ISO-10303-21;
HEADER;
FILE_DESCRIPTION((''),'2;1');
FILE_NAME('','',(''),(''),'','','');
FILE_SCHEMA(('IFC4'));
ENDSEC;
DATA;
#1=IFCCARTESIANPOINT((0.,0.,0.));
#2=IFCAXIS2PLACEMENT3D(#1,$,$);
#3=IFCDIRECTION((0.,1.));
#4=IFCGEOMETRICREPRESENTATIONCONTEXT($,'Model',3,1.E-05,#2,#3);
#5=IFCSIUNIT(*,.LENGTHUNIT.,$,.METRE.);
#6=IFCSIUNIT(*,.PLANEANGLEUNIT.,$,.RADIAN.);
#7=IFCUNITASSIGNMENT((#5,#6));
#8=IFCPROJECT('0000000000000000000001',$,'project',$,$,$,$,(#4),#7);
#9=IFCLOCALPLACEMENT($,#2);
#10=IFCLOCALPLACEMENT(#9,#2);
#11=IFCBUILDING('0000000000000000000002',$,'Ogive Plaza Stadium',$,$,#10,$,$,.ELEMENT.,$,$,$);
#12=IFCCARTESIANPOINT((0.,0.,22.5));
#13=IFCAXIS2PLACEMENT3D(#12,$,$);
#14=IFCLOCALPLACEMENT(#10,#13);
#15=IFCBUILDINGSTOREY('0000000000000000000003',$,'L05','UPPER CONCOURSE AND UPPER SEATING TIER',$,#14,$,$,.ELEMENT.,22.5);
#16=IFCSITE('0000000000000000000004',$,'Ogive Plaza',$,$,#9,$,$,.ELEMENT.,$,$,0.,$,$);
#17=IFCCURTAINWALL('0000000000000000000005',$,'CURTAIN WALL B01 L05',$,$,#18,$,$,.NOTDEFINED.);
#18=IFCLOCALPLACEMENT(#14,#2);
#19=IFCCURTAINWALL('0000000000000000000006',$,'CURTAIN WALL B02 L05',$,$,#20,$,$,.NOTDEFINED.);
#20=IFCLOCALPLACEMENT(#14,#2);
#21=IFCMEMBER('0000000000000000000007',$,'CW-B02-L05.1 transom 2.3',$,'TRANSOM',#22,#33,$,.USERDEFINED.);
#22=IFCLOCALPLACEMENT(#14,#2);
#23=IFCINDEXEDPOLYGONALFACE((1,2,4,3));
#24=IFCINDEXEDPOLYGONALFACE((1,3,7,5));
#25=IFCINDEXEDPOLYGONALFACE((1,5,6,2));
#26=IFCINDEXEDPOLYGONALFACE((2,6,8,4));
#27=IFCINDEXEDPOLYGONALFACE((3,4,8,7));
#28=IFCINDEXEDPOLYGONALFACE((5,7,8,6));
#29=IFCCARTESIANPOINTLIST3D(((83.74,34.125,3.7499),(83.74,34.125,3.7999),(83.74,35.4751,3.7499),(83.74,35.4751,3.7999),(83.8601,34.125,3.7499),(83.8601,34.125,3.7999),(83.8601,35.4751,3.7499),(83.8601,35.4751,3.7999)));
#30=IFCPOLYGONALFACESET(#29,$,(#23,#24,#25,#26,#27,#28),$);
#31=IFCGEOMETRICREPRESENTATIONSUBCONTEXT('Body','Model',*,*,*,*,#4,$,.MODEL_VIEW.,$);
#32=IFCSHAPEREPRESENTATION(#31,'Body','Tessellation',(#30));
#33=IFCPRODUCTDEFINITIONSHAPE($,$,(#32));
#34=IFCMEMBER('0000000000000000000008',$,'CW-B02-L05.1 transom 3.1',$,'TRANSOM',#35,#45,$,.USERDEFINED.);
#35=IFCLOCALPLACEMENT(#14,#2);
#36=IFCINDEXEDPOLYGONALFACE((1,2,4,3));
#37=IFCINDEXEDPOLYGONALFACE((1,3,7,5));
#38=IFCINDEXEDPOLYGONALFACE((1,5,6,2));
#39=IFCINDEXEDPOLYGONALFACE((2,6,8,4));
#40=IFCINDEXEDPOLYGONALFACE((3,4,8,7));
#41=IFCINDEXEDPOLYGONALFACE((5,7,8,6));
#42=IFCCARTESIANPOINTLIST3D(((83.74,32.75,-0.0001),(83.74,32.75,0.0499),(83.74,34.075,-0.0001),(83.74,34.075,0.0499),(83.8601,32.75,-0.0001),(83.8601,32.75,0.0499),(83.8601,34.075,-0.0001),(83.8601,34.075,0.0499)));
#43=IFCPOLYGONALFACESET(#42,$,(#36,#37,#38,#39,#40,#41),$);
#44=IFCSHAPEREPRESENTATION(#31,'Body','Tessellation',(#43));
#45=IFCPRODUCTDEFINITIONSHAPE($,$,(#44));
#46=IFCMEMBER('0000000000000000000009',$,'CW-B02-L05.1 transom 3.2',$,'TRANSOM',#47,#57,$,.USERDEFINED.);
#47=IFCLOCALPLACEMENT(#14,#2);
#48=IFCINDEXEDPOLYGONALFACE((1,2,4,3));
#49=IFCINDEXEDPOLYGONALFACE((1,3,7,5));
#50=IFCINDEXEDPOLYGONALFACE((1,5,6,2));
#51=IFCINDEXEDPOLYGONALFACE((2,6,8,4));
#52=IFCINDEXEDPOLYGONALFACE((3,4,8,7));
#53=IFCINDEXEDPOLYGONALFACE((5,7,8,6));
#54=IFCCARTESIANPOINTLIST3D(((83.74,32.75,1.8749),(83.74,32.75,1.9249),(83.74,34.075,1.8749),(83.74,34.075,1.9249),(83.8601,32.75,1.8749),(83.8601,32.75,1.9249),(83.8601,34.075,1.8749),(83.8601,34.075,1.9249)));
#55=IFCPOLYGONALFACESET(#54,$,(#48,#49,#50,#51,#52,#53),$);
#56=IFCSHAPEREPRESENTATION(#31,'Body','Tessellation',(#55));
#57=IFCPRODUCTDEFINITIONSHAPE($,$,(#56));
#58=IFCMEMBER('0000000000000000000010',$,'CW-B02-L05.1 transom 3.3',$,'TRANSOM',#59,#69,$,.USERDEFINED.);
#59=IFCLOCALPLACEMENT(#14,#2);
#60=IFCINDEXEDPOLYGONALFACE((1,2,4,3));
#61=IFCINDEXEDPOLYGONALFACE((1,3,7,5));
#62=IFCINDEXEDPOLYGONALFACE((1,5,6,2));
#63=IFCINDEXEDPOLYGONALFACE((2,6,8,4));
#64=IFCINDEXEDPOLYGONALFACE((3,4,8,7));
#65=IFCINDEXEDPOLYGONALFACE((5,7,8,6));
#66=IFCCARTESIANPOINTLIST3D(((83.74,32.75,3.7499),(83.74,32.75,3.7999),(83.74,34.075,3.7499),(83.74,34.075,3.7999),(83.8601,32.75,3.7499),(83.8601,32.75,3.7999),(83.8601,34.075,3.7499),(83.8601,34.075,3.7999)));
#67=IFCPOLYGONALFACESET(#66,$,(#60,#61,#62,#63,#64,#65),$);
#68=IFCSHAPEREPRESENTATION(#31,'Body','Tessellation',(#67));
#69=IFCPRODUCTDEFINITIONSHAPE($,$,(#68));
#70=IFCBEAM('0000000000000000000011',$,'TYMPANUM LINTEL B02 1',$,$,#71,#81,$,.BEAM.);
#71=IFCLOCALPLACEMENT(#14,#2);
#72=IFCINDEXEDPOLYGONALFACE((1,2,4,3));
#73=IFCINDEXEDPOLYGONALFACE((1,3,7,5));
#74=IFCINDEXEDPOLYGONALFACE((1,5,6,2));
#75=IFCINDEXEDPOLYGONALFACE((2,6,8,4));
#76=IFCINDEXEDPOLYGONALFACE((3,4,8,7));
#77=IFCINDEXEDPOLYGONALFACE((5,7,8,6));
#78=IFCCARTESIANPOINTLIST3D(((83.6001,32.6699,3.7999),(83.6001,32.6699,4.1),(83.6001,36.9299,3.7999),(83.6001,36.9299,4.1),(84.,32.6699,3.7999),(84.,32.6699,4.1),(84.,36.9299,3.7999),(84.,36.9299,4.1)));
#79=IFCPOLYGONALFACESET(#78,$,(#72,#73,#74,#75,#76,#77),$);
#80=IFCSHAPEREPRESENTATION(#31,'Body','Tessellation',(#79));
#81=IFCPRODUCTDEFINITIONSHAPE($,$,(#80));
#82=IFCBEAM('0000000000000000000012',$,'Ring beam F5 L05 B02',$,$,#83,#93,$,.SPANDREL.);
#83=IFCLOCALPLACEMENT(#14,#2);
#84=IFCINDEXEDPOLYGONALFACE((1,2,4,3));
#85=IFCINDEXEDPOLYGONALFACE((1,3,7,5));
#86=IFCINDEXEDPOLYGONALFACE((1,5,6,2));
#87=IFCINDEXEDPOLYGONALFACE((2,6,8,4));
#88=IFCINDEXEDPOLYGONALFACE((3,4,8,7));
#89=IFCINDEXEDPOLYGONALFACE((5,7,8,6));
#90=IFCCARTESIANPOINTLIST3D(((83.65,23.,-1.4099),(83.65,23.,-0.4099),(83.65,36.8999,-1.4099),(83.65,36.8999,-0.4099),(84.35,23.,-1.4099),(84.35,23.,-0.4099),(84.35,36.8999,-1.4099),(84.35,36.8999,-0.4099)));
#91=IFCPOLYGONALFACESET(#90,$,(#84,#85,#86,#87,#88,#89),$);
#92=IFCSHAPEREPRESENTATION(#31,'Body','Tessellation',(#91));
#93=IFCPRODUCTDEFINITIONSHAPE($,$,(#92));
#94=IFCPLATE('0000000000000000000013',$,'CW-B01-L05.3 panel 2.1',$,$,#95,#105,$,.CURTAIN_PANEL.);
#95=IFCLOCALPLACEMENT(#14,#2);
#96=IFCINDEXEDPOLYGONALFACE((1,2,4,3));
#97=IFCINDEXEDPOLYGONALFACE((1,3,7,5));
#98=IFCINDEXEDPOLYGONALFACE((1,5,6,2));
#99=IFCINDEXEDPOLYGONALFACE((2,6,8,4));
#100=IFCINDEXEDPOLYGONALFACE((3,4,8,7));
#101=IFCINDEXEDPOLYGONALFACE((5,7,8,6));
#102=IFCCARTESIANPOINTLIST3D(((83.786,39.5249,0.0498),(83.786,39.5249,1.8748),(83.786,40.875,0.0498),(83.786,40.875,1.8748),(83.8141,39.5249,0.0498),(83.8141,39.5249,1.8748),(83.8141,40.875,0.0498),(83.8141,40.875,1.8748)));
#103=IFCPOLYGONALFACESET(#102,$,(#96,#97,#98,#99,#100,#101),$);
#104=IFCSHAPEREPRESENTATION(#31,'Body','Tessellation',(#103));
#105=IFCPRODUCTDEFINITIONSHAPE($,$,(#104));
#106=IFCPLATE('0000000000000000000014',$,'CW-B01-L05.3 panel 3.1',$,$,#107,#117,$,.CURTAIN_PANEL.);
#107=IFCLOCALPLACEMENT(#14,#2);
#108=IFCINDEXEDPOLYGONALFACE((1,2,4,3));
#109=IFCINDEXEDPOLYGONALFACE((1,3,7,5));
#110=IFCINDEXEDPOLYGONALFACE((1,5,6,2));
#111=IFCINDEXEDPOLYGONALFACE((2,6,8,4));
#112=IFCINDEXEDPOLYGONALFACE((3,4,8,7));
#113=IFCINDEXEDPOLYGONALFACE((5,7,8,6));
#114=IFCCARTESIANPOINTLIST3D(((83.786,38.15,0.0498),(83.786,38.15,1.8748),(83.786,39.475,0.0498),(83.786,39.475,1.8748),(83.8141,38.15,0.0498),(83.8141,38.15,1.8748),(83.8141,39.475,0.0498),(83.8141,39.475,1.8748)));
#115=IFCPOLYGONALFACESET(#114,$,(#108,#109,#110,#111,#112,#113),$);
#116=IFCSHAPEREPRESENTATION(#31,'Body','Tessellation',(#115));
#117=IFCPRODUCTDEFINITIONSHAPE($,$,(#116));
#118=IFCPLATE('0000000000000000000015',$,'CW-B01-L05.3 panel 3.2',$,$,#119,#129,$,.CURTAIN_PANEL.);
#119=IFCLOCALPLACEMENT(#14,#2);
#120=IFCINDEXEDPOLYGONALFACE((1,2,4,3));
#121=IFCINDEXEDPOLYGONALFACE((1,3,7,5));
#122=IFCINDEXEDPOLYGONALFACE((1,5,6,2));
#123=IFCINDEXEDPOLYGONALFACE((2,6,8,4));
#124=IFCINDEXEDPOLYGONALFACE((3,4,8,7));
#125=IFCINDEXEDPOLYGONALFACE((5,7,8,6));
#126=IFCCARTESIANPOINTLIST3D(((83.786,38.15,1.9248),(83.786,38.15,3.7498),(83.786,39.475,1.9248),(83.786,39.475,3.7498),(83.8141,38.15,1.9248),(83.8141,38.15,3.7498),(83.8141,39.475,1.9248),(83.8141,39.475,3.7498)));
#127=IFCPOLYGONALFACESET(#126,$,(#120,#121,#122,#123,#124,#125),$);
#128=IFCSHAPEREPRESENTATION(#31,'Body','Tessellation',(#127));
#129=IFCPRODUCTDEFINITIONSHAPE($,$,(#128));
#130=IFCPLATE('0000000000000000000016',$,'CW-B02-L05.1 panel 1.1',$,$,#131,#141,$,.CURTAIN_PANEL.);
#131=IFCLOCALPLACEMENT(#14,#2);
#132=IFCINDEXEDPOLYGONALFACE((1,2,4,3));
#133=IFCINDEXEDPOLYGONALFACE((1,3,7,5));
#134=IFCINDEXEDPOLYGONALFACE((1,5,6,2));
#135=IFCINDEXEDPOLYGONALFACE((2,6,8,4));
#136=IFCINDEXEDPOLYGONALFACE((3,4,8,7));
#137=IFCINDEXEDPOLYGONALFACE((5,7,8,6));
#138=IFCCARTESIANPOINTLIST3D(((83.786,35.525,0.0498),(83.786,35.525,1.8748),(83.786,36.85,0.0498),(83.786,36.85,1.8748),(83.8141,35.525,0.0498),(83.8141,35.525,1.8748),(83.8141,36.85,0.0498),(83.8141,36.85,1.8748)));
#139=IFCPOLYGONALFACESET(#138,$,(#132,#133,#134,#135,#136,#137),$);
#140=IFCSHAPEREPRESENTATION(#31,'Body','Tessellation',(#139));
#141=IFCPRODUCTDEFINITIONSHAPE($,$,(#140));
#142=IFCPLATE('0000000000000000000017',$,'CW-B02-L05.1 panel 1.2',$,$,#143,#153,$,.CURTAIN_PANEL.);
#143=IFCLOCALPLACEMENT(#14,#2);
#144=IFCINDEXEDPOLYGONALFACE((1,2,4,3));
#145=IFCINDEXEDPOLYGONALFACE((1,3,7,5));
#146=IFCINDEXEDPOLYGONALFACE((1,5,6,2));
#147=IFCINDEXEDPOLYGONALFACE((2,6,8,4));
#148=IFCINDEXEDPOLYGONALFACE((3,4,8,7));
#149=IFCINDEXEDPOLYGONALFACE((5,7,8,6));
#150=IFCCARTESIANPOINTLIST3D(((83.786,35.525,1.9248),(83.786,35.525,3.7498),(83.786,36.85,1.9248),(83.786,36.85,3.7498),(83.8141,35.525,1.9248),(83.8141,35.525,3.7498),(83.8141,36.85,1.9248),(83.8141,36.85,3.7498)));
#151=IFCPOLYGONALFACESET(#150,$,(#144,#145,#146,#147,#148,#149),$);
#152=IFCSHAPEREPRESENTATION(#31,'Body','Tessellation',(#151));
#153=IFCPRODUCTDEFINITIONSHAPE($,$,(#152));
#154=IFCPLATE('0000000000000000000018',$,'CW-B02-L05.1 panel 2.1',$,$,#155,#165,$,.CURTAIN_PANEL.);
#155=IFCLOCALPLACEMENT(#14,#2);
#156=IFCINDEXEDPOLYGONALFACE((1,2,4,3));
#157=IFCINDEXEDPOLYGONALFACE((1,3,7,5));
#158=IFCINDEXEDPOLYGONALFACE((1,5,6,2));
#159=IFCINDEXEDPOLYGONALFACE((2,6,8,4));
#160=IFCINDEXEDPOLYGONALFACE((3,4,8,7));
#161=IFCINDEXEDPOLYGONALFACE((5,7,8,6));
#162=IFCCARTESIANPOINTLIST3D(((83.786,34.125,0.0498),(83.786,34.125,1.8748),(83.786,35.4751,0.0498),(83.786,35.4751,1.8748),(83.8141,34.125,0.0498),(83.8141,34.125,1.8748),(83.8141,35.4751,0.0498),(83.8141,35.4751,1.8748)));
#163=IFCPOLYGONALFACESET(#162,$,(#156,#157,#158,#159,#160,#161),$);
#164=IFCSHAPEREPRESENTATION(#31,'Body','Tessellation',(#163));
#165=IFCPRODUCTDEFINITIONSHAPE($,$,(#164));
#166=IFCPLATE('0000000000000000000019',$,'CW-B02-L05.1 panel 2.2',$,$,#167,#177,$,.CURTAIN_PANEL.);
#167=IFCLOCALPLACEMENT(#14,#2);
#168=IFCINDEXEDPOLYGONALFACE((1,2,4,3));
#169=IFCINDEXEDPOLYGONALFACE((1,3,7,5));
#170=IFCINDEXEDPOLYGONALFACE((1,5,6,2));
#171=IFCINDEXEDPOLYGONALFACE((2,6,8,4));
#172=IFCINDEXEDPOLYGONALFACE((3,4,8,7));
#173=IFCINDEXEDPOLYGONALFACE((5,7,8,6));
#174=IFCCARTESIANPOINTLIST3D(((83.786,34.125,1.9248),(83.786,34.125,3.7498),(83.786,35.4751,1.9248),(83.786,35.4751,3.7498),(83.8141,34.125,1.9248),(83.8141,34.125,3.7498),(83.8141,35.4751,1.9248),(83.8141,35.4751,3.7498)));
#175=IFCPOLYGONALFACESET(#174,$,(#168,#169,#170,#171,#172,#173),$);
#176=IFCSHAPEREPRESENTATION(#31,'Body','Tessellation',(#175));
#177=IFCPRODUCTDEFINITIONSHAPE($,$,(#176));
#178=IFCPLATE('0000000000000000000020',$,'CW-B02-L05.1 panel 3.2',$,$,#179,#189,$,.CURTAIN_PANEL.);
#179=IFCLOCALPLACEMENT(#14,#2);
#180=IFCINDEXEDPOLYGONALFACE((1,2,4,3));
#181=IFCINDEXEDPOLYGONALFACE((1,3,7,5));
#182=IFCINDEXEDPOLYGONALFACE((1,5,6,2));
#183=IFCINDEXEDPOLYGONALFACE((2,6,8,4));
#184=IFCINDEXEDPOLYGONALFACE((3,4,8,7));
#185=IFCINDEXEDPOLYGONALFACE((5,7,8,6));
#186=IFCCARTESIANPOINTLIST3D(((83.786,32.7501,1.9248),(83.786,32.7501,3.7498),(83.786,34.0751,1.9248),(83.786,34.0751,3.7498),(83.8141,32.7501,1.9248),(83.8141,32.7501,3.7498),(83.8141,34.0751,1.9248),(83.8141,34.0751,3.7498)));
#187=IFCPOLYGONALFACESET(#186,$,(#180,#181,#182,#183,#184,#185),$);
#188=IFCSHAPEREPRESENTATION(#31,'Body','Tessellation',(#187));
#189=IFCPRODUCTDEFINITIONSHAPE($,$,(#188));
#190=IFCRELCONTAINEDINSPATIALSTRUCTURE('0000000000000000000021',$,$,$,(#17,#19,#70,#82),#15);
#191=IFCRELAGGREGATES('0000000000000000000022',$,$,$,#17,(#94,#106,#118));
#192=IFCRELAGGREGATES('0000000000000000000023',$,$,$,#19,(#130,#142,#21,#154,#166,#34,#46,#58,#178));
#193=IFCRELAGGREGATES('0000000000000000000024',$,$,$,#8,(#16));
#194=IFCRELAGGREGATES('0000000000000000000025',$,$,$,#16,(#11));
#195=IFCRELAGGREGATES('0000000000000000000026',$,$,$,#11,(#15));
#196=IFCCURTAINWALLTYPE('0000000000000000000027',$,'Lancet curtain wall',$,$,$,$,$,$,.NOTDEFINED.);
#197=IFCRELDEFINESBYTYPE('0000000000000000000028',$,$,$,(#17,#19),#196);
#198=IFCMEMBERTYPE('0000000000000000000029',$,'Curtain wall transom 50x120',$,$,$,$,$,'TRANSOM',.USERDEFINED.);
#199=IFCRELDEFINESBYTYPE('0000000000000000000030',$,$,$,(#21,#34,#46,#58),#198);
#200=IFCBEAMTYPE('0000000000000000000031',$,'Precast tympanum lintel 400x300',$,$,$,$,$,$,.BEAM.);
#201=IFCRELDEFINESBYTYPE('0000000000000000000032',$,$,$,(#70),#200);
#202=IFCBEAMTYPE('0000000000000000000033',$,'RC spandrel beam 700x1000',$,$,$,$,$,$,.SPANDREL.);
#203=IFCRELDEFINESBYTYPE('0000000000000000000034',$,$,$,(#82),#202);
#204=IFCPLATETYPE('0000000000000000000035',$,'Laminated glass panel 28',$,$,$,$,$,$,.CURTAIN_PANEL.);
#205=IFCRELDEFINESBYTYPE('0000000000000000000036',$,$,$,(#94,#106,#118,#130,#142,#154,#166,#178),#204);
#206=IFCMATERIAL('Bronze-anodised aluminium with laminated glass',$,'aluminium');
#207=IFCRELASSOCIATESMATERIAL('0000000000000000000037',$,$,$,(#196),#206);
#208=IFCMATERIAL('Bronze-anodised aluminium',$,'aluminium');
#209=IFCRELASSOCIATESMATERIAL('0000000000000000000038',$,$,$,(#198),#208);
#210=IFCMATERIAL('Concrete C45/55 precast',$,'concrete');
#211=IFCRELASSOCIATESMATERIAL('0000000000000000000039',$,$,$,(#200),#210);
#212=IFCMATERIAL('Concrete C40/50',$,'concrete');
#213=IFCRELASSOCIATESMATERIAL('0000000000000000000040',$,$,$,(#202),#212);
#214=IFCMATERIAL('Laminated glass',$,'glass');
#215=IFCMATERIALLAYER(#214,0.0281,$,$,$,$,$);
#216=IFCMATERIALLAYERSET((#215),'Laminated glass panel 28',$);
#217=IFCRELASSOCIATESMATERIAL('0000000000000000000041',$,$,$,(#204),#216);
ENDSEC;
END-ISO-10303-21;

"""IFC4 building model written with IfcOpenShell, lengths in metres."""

from ifc_helpers import new_model, si_unit, direction, frame, origin, origin_2d, place, context, subcontext, project, spatial, rectangle, extrude, material, layer, layer_set, material_profile, profile_set, type_object, element, aggregate, save


model = new_model("IFC4")

# Units and contexts
model_context = context("Model", 3, precision=1e-05, world=origin(), true_north=direction((0.0, 1.0)))
body_context = subcontext(model_context, "Body", "Model", "MODEL_VIEW")
ifc_project = project(units=[si_unit("LENGTHUNIT", "METRE"), si_unit("PLANEANGLEUNIT", "RADIAN")], contexts=[model_context])

# Site, building, storey
site_placement = place(None, origin())
site = spatial("IfcSite", under=ifc_project, at=site_placement, Name="Ogive Plaza", CompositionType="ELEMENT", RefElevation=0.0)
building_placement = place(site_placement, origin())
building = spatial("IfcBuilding", under=site, at=building_placement, Name="Ogive Plaza Stadium", CompositionType="ELEMENT")
storey_placement = place(building_placement, frame((0.0, 0.0, 22.5)))
storey = spatial("IfcBuildingStorey", under=building, at=storey_placement, Name="L05", Description="UPPER CONCOURSE AND UPPER SEATING TIER", CompositionType="ELEMENT", Elevation=22.5)

# Curtain walls
ifc_material_1 = material(Name="Bronze-anodised aluminium with laminated glass", Category="aluminium")
curtain_wall_type = type_object("IfcCurtainWallType", Name="Lancet curtain wall", PredefinedType="NOTDEFINED", material=ifc_material_1)
curtain_wall_1_placement = place(storey_placement, origin())
curtain_wall_1 = element("IfcCurtainWall", 1, at=curtain_wall_1_placement, inside=storey, type_object=curtain_wall_type, Name="CURTAIN WALL B01 L05", PredefinedType="NOTDEFINED")
curtain_wall_2_placement = place(storey_placement, origin())
curtain_wall_2 = element("IfcCurtainWall", 2, at=curtain_wall_2_placement, inside=storey, type_object=curtain_wall_type, Name="CURTAIN WALL B02 L05", PredefinedType="NOTDEFINED")

# Members
ifc_material_2 = material(Name="Bronze-anodised aluminium", Category="aluminium")
ifc_material_profile_1 = material_profile(ifc_material_2, rectangle(XDim=0.1201, YDim=0.05, at=origin_2d()), Name="AL 120x50")
ifc_profile_set_1 = profile_set([ifc_material_profile_1], Name="Bronze-anodised aluminium")
member_type_1 = type_object("IfcMemberType", Name="Curtain wall transom 50x120", ElementType="TRANSOM", PredefinedType="USERDEFINED", material=ifc_profile_set_1)
member_1_placement = place(storey_placement, frame((83.8, 35.4751, 3.7749), z_axis=(0.0, -1.0, 0.0), x_axis=(1.0, 0.0, 0.0)))
member_1 = element("IfcMember", 3, at=member_1_placement, type_object=member_type_1, Name="CW-B02-L05.1 transom 2.3", ObjectType="TRANSOM", PredefinedType="USERDEFINED", context=body_context, shape_type="SweptSolid", body=[
    extrude(rectangle(XDim=0.1201, YDim=0.05, at=origin_2d()), origin(), (0.0, 0.0, 1.0), 1.3501),
])
member_2_placement = place(storey_placement, frame((83.8, 34.075, 0.0249), z_axis=(0.0, -1.0, 0.0), x_axis=(1.0, 0.0, 0.0)))
member_2 = element("IfcMember", 4, at=member_2_placement, type_object=member_type_1, Name="CW-B02-L05.1 transom 3.1", ObjectType="TRANSOM", PredefinedType="USERDEFINED", context=body_context, shape_type="SweptSolid", body=[
    extrude(rectangle(XDim=0.1201, YDim=0.05, at=origin_2d()), origin(), (0.0, 0.0, 1.0), 1.325),
])
member_3_placement = place(storey_placement, frame((83.8, 34.075, 1.8999), z_axis=(0.0, -1.0, 0.0), x_axis=(1.0, 0.0, 0.0)))
member_3 = element("IfcMember", 5, at=member_3_placement, type_object=member_type_1, Name="CW-B02-L05.1 transom 3.2", ObjectType="TRANSOM", PredefinedType="USERDEFINED", context=body_context, shape_type="SweptSolid", body=[
    extrude(rectangle(XDim=0.1201, YDim=0.05, at=origin_2d()), origin(), (0.0, 0.0, 1.0), 1.325),
])
member_4_placement = place(storey_placement, frame((83.8, 34.075, 3.7749), z_axis=(0.0, -1.0, 0.0), x_axis=(1.0, 0.0, 0.0)))
member_4 = element("IfcMember", 6, at=member_4_placement, type_object=member_type_1, Name="CW-B02-L05.1 transom 3.3", ObjectType="TRANSOM", PredefinedType="USERDEFINED", context=body_context, shape_type="SweptSolid", body=[
    extrude(rectangle(XDim=0.1201, YDim=0.05, at=origin_2d()), origin(), (0.0, 0.0, 1.0), 1.325),
])

# Beams
ifc_material_3 = material(Name="Concrete C45/55 precast", Category="concrete")
ifc_material_profile_2 = material_profile(ifc_material_3, rectangle(XDim=0.3999, YDim=0.3, at=origin_2d()), Name="RC 400x300")
ifc_profile_set_2 = profile_set([ifc_material_profile_2], Name="Concrete C45/55 precast")
beam_type_1 = type_object("IfcBeamType", Name="Precast tympanum lintel 400x300", PredefinedType="BEAM", material=ifc_profile_set_2)
beam_1_placement = place(storey_placement, frame((83.8, 36.9299, 3.95), z_axis=(0.0, -1.0, 0.0), x_axis=(1.0, 0.0, 0.0)))
element("IfcBeam", 7, at=beam_1_placement, inside=storey, type_object=beam_type_1, Name="TYMPANUM LINTEL B02 1", PredefinedType="BEAM", context=body_context, shape_type="SweptSolid", body=[
    extrude(rectangle(XDim=0.3999, YDim=0.3, at=origin_2d()), origin(), (0.0, 0.0, 1.0), 4.26),
])
ifc_material_4 = material(Name="Concrete C40/50", Category="concrete")
ifc_material_profile_3 = material_profile(ifc_material_4, rectangle(XDim=0.7, YDim=1.0, at=origin_2d()), Name="RC 700x1000")
ifc_profile_set_3 = profile_set([ifc_material_profile_3], Name="Concrete C40/50")
beam_type_2 = type_object("IfcBeamType", Name="RC spandrel beam 700x1000", PredefinedType="SPANDREL", material=ifc_profile_set_3)
beam_2_placement = place(storey_placement, frame((84.0, 36.8999, -0.9099), z_axis=(0.0, -1.0, 0.0), x_axis=(1.0, 0.0, 0.0)))
element("IfcBeam", 8, at=beam_2_placement, inside=storey, type_object=beam_type_2, Name="Ring beam F5 L05 B02", PredefinedType="SPANDREL", context=body_context, shape_type="SweptSolid", body=[
    extrude(rectangle(XDim=0.7, YDim=1.0, at=origin_2d()), origin(), (0.0, 0.0, 1.0), 13.8999),
])

# Plates
ifc_material_5 = material(Name="Laminated glass", Category="glass")
ifc_layer_1 = layer(ifc_material_5, 0.0281)
ifc_layer_set_1 = layer_set([ifc_layer_1], Name="Laminated glass panel 28")
plate_type = type_object("IfcPlateType", Name="Laminated glass panel 28", PredefinedType="CURTAIN_PANEL", material=ifc_layer_set_1)
plate_1_placement = place(storey_placement, frame((83.8, 40.2, 0.0498), z_axis=(0.0, 0.0, 1.0), x_axis=(0.0, -1.0, 0.0)))
plate_1 = element("IfcPlate", 9, at=plate_1_placement, type_object=plate_type, Name="CW-B01-L05.3 panel 2.1", PredefinedType="CURTAIN_PANEL", context=body_context, shape_type="SweptSolid", body=[
    extrude(rectangle(XDim=1.3501, YDim=0.0281, at=origin_2d()), origin(), (0.0, 0.0, 1.0), 1.825),
])
plate_2_placement = place(storey_placement, frame((83.8, 38.8125, 0.0498), z_axis=(0.0, 0.0, 1.0), x_axis=(0.0, -1.0, 0.0)))
plate_2 = element("IfcPlate", 10, at=plate_2_placement, type_object=plate_type, Name="CW-B01-L05.3 panel 3.1", PredefinedType="CURTAIN_PANEL", context=body_context, shape_type="SweptSolid", body=[
    extrude(rectangle(XDim=1.325, YDim=0.0281, at=origin_2d()), origin(), (0.0, 0.0, 1.0), 1.825),
])
plate_3_placement = place(storey_placement, frame((83.8, 38.8125, 1.9248), z_axis=(0.0, 0.0, 1.0), x_axis=(0.0, -1.0, 0.0)))
plate_3 = element("IfcPlate", 11, at=plate_3_placement, type_object=plate_type, Name="CW-B01-L05.3 panel 3.2", PredefinedType="CURTAIN_PANEL", context=body_context, shape_type="SweptSolid", body=[
    extrude(rectangle(XDim=1.325, YDim=0.0281, at=origin_2d()), origin(), (0.0, 0.0, 1.0), 1.825),
])
aggregate(curtain_wall_1, [plate_1, plate_2, plate_3])
plate_4_placement = place(storey_placement, frame((83.8, 36.1875, 0.0498), z_axis=(0.0, 0.0, 1.0), x_axis=(0.0, -1.0, 0.0)))
plate_4 = element("IfcPlate", 12, at=plate_4_placement, type_object=plate_type, Name="CW-B02-L05.1 panel 1.1", PredefinedType="CURTAIN_PANEL", context=body_context, shape_type="SweptSolid", body=[
    extrude(rectangle(XDim=1.325, YDim=0.0281, at=origin_2d()), origin(), (0.0, 0.0, 1.0), 1.825),
])
plate_5_placement = place(storey_placement, frame((83.8, 36.1875, 1.9248), z_axis=(0.0, 0.0, 1.0), x_axis=(0.0, -1.0, 0.0)))
plate_5 = element("IfcPlate", 13, at=plate_5_placement, type_object=plate_type, Name="CW-B02-L05.1 panel 1.2", PredefinedType="CURTAIN_PANEL", context=body_context, shape_type="SweptSolid", body=[
    extrude(rectangle(XDim=1.325, YDim=0.0281, at=origin_2d()), origin(), (0.0, 0.0, 1.0), 1.825),
])
plate_6_placement = place(storey_placement, frame((83.8, 34.8, 0.0498), z_axis=(0.0, 0.0, 1.0), x_axis=(0.0, -1.0, 0.0)))
plate_6 = element("IfcPlate", 14, at=plate_6_placement, type_object=plate_type, Name="CW-B02-L05.1 panel 2.1", PredefinedType="CURTAIN_PANEL", context=body_context, shape_type="SweptSolid", body=[
    extrude(rectangle(XDim=1.3501, YDim=0.0281, at=origin_2d()), origin(), (0.0, 0.0, 1.0), 1.825),
])
plate_7_placement = place(storey_placement, frame((83.8, 34.8, 1.9248), z_axis=(0.0, 0.0, 1.0), x_axis=(0.0, -1.0, 0.0)))
plate_7 = element("IfcPlate", 15, at=plate_7_placement, type_object=plate_type, Name="CW-B02-L05.1 panel 2.2", PredefinedType="CURTAIN_PANEL", context=body_context, shape_type="SweptSolid", body=[
    extrude(rectangle(XDim=1.3501, YDim=0.0281, at=origin_2d()), origin(), (0.0, 0.0, 1.0), 1.825),
])
plate_8_placement = place(storey_placement, frame((83.8, 33.4126, 1.9248), z_axis=(0.0, 0.0, 1.0), x_axis=(0.0, -1.0, 0.0)))
plate_8 = element("IfcPlate", 16, at=plate_8_placement, type_object=plate_type, Name="CW-B02-L05.1 panel 3.2", PredefinedType="CURTAIN_PANEL", context=body_context, shape_type="SweptSolid", body=[
    extrude(rectangle(XDim=1.325, YDim=0.0281, at=origin_2d()), origin(), (0.0, 0.0, 1.0), 1.825),
])
aggregate(curtain_wall_2, [plate_4, plate_5, member_1, plate_6, plate_7, member_2, member_3, member_4, plate_8])

save(model, "model.ifc")
